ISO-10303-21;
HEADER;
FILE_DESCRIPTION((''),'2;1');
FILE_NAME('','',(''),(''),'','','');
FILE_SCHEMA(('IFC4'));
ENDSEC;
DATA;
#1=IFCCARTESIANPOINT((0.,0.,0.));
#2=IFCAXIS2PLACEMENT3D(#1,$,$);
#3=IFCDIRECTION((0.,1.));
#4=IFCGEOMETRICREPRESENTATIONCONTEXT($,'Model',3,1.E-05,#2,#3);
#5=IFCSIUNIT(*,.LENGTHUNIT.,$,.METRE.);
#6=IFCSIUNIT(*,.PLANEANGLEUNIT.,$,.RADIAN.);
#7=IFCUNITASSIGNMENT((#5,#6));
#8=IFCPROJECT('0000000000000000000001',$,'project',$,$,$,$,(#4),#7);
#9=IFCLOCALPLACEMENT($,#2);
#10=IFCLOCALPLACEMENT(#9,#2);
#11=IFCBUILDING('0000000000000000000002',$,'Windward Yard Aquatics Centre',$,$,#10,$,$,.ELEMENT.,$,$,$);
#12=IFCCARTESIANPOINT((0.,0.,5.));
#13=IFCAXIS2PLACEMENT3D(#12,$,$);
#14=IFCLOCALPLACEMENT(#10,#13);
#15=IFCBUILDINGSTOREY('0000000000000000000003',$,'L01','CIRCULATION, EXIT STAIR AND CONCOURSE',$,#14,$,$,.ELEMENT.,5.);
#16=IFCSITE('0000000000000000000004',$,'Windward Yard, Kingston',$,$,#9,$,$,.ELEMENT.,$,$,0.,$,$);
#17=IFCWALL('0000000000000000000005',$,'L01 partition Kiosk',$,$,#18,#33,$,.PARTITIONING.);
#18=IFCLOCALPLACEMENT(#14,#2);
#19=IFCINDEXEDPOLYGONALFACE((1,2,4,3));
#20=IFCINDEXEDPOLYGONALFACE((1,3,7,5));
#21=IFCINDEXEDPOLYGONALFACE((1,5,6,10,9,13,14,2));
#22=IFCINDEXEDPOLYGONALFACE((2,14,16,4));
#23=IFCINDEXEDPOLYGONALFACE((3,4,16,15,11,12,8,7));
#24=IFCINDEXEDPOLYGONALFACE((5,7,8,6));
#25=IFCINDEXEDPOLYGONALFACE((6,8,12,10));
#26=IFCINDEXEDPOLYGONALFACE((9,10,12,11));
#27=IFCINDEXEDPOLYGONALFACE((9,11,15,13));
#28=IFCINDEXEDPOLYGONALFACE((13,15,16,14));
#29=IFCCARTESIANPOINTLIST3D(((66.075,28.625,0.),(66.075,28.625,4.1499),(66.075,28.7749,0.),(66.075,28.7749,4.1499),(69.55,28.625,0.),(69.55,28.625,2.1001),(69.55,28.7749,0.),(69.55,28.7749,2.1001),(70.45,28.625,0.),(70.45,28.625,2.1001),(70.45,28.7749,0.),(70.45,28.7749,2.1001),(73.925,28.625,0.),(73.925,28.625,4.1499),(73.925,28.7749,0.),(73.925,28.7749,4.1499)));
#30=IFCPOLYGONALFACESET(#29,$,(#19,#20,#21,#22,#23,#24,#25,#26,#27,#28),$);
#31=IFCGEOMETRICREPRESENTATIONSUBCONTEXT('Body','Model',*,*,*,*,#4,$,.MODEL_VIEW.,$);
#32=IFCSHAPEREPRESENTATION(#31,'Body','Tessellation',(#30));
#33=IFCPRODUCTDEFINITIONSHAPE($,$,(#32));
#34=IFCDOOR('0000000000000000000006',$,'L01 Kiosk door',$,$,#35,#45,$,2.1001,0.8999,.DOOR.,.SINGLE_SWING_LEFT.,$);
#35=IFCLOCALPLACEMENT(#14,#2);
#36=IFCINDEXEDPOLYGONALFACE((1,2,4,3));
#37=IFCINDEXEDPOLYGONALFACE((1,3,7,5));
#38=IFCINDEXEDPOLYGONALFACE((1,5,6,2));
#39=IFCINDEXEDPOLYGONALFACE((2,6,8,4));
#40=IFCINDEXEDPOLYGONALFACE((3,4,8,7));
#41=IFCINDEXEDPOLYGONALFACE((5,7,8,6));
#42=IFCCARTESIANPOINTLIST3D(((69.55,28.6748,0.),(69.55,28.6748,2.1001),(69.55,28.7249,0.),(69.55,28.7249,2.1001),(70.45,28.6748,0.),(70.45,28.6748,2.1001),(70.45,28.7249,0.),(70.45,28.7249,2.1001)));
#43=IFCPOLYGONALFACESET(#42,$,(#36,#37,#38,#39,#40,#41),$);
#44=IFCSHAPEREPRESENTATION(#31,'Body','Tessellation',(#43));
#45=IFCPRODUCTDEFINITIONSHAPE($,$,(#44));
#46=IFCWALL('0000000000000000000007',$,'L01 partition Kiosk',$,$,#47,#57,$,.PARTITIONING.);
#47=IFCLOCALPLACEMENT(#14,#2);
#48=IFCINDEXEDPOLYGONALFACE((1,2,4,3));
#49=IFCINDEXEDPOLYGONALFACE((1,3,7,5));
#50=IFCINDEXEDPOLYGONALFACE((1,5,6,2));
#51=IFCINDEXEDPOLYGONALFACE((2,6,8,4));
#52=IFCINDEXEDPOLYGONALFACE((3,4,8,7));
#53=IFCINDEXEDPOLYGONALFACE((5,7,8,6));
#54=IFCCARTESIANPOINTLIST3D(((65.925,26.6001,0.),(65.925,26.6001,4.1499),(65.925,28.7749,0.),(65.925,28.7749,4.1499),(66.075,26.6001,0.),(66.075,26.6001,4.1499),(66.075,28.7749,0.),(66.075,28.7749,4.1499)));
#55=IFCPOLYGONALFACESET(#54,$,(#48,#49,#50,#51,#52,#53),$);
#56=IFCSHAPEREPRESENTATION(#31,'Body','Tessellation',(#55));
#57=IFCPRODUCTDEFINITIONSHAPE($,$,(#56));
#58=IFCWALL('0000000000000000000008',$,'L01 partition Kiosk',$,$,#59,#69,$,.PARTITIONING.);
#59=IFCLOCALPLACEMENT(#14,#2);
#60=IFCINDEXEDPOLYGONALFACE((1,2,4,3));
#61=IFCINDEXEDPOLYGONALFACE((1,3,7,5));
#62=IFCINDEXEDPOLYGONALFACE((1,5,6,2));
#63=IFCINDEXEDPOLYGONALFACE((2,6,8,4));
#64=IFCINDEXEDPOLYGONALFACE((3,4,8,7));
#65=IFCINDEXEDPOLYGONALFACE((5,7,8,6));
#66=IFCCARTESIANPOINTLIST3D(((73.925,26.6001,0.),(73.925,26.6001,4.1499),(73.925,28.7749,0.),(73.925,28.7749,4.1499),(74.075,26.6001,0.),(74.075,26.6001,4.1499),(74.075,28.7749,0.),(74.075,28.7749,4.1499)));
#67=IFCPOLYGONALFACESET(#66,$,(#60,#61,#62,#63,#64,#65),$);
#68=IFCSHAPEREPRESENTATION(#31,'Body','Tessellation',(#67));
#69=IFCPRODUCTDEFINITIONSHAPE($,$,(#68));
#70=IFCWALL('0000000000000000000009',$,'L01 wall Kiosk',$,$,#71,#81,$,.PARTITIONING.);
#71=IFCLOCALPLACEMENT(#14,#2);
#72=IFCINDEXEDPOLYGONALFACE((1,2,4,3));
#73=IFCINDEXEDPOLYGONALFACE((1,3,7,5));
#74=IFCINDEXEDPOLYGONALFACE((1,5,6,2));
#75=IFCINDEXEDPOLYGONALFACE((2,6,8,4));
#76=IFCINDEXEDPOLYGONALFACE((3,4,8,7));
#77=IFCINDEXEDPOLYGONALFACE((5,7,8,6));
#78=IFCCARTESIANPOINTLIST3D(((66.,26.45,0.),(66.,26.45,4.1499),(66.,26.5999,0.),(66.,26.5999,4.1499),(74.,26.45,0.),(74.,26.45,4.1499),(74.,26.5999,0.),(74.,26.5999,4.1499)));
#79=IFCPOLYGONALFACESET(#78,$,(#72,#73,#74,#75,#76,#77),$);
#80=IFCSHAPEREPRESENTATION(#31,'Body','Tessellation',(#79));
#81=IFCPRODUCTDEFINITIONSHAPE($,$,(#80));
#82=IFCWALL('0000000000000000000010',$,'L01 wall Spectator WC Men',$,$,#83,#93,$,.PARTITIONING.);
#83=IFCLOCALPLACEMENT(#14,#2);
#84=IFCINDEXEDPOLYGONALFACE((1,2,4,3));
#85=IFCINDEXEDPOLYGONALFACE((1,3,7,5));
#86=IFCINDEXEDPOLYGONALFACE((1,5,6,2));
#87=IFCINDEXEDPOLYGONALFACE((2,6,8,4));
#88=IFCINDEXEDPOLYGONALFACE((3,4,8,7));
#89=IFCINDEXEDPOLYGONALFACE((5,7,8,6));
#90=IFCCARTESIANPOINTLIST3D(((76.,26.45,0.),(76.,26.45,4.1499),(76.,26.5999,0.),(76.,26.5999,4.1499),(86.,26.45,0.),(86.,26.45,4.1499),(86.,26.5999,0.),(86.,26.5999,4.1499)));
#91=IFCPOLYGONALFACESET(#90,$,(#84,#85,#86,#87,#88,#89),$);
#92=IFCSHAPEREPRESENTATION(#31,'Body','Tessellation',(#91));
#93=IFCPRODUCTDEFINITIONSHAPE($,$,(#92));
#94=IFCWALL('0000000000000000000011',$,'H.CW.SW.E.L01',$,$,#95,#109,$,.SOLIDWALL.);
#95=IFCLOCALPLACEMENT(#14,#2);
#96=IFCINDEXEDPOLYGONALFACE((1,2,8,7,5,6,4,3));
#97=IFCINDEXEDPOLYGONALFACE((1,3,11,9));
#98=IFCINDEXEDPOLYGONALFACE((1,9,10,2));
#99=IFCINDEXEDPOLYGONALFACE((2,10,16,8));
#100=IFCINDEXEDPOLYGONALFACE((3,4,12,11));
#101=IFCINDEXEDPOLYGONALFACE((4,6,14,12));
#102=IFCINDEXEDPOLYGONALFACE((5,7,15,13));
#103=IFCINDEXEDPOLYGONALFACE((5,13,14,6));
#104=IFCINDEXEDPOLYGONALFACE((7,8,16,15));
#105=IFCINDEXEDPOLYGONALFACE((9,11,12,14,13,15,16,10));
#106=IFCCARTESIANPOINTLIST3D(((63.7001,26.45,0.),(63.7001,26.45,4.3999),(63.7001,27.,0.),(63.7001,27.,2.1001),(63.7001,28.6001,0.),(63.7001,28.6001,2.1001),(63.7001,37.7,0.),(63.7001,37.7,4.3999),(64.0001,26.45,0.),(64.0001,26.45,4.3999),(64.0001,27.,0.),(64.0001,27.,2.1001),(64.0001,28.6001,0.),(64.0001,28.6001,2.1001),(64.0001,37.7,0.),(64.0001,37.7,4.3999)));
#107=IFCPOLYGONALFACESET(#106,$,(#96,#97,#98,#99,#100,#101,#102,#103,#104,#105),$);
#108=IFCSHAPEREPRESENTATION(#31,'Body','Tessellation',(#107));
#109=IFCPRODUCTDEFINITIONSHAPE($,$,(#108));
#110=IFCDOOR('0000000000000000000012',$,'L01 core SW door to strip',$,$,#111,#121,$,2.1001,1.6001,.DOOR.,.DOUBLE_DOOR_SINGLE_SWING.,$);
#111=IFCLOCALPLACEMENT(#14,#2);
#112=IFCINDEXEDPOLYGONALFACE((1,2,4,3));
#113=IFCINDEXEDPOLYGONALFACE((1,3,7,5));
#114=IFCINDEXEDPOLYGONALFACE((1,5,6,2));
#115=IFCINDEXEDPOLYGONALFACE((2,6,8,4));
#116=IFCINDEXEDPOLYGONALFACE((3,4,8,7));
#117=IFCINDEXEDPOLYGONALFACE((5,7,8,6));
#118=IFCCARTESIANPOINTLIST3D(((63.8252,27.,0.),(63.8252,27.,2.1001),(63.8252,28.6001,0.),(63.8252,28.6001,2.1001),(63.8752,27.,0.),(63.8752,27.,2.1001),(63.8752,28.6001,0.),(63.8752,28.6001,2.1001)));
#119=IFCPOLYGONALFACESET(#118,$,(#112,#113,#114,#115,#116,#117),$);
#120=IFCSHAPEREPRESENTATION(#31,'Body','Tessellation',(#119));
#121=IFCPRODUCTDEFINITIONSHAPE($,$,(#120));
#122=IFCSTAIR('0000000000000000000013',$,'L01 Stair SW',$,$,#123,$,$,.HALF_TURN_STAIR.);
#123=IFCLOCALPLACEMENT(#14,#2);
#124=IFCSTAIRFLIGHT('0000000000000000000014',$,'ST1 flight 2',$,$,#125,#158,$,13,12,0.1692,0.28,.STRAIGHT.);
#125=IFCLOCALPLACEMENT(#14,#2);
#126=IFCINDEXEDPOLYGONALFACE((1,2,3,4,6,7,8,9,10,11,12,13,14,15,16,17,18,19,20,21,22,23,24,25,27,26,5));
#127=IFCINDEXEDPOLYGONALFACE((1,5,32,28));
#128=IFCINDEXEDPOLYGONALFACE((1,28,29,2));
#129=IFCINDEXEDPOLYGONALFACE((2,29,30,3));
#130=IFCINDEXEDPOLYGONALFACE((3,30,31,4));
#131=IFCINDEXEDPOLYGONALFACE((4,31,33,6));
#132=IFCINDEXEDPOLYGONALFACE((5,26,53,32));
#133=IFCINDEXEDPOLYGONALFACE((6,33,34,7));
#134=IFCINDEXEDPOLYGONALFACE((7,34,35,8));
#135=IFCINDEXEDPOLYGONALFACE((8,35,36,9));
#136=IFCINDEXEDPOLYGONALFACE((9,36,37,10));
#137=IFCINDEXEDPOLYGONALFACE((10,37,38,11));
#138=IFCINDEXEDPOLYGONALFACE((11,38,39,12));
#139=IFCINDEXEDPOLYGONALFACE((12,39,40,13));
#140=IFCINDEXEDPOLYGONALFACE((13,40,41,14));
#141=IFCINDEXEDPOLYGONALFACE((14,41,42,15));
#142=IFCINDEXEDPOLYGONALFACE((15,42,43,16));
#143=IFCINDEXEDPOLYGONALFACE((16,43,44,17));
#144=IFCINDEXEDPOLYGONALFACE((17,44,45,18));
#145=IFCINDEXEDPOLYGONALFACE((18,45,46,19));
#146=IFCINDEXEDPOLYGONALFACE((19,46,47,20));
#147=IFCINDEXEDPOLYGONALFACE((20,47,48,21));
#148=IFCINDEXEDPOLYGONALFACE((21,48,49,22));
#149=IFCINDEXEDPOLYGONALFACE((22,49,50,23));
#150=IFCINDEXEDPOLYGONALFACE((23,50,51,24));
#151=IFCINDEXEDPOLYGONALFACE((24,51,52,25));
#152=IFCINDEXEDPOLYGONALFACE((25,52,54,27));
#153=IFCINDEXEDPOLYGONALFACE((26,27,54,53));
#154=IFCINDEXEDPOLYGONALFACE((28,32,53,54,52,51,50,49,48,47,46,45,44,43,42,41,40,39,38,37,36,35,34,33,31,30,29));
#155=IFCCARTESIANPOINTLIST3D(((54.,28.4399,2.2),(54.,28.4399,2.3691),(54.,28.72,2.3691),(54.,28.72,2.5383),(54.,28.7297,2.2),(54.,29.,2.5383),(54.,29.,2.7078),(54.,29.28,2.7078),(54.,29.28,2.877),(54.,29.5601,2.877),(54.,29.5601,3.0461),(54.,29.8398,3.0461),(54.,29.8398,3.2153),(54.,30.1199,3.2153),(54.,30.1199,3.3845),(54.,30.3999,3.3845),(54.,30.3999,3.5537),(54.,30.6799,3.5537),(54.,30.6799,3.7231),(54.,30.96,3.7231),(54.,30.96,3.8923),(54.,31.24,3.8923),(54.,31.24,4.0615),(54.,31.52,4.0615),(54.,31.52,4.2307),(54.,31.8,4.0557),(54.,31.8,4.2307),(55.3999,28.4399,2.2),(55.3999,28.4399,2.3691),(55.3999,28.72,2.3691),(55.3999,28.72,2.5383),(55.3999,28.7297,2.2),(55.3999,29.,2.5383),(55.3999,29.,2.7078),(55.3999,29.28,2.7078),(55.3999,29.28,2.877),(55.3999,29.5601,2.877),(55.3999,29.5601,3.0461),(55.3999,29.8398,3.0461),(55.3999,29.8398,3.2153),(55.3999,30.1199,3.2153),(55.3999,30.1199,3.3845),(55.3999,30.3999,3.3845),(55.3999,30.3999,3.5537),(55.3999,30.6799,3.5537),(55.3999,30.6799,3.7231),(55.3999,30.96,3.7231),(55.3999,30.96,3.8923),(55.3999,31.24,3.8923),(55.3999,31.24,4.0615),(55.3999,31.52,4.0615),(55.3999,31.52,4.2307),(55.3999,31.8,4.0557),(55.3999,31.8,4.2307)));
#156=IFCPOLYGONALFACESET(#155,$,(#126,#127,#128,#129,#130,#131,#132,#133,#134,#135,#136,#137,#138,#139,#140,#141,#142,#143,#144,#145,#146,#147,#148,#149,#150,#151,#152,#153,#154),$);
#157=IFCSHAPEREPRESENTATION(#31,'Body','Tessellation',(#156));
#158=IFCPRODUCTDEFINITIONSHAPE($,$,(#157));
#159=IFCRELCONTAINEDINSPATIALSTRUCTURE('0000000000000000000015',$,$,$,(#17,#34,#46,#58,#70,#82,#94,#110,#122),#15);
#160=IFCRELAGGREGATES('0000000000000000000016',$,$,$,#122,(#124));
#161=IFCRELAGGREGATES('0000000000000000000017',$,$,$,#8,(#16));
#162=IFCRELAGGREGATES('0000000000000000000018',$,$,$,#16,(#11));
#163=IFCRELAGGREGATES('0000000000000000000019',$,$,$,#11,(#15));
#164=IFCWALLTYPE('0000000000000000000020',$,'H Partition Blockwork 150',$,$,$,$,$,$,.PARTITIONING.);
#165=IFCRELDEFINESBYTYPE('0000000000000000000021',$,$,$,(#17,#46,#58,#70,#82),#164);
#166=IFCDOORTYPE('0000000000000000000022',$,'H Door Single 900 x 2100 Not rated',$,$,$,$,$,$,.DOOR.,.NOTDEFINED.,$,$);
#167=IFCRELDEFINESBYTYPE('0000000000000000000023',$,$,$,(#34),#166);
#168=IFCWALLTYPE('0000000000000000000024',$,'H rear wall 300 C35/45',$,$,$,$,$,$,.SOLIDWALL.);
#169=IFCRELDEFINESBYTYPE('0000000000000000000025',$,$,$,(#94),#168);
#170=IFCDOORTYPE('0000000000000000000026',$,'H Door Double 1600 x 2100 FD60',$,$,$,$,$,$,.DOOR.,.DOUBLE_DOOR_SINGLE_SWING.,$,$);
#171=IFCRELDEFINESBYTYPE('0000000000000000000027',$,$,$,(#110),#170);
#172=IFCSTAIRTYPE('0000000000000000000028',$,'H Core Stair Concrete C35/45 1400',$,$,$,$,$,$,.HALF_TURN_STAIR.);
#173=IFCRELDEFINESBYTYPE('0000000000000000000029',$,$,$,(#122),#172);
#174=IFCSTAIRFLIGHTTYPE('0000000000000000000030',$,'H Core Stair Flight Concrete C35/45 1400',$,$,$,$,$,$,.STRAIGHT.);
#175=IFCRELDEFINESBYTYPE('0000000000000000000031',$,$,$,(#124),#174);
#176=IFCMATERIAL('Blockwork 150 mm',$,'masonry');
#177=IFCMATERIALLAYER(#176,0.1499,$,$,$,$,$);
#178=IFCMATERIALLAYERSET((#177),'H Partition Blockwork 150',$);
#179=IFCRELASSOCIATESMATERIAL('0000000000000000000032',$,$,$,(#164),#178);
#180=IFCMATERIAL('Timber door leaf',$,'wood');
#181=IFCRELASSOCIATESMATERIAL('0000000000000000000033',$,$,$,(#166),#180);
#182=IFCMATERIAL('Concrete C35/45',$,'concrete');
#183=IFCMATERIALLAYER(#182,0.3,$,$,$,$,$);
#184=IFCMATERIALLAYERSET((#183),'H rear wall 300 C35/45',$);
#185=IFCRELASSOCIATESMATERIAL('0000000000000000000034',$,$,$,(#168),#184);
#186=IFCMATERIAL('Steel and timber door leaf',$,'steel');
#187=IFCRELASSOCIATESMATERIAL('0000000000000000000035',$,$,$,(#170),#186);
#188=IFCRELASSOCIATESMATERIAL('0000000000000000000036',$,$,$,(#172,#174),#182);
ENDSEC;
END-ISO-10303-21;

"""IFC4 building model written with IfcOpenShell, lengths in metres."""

from ifc_helpers import new_model, si_unit, direction, frame, frame_2d, origin, place, context, subcontext, project, spatial, polyline, rectangle, outline, extrude, material, layer, layer_set, type_object, element, fill, aggregate, save


model = new_model("IFC4")

# Units and contexts
model_context = context("Model", 3, precision=1e-05, world=origin(), true_north=direction((0.0, 1.0)))
body_context = subcontext(model_context, "Body", "Model", "MODEL_VIEW")
ifc_project = project(units=[si_unit("LENGTHUNIT", "METRE"), si_unit("PLANEANGLEUNIT", "RADIAN")], contexts=[model_context])

# Site, building, storey
site_placement = place(None, origin())
site = spatial("IfcSite", under=ifc_project, at=site_placement, Name="Windward Yard, Kingston", CompositionType="ELEMENT", RefElevation=0.0)
building_placement = place(site_placement, origin())
building = spatial("IfcBuilding", under=site, at=building_placement, Name="Windward Yard Aquatics Centre", CompositionType="ELEMENT")
storey_placement = place(building_placement, frame((0.0, 0.0, 5.0)))
storey = spatial("IfcBuildingStorey", under=building, at=storey_placement, Name="L01", Description="CIRCULATION, EXIT STAIR AND CONCOURSE", CompositionType="ELEMENT", Elevation=5.0)

# Shared definitions
ifc_material_1 = material(Name="Concrete C35/45", Category="concrete")

# Shared definitions
ifc_material_2 = material(Name="Blockwork 150 mm", Category="masonry")
ifc_layer_1 = layer(ifc_material_2, 0.1499)
ifc_layer_set_1 = layer_set([ifc_layer_1], Name="H Partition Blockwork 150")
wall_type_1 = type_object("IfcWallType", Name="H Partition Blockwork 150", PredefinedType="PARTITIONING", material=ifc_layer_set_1)

# Wall, opening, door
ifc_material_3 = material(Name="Steel and timber door leaf", Category="steel")
wall_1_placement = place(storey_placement, frame((66.075, 28.7, 0.0), z_axis=(0.0, 0.0, 1.0), x_axis=(1.0, 0.0, 0.0)))
wall_1 = element("IfcWall", 1, at=wall_1_placement, inside=storey, type_object=wall_type_1, Name="L01 partition Kiosk", PredefinedType="PARTITIONING", context=body_context, shape_type="SweptSolid", body=[
    extrude(rectangle(XDim=7.8501, YDim=0.1499, at=frame_2d((3.925, 0.0))), origin(), (0.0, 0.0, 1.0), 4.1499),
])
opening_1_placement = place(wall_1_placement, frame((3.4751, 0.0, 0.0)))
opening_1 = element("IfcOpeningElement", 2, at=opening_1_placement, cuts=wall_1, PredefinedType="OPENING", context=body_context, shape_type="SweptSolid", body=[
    extrude(rectangle(XDim=0.8999, YDim=2.1001, at=frame_2d((0.45, 1.05))), frame((0.0, 0.085, 0.0), z_axis=(0.0, -1.0, 0.0), x_axis=(1.0, 0.0, 0.0)), (0.0, 0.0, 1.0), 0.1699),
])
ifc_material_4 = material(Name="Timber door leaf", Category="wood")
door_type_1 = type_object("IfcDoorType", Name="H Door Single 900 x 2100 Not rated", OperationType="NOTDEFINED", PredefinedType="DOOR", material=ifc_material_4)
door_1_placement = place(opening_1_placement, origin())
door_1 = element("IfcDoor", 3, at=door_1_placement, inside=storey, type_object=door_type_1, Name="L01 Kiosk door", OperationType="SINGLE_SWING_LEFT", OverallHeight=2.1001, OverallWidth=0.8999, PredefinedType="DOOR", context=body_context, shape_type="SweptSolid", body=[
    extrude(rectangle(XDim=0.8999, YDim=2.1001, at=frame_2d((0.45, 1.05))), frame((0.0, 0.0249, 0.0), z_axis=(0.0, -1.0, 0.0), x_axis=(1.0, 0.0, 0.0)), (0.0, 0.0, 1.0), 0.05),
])
fill(opening_1, door_1)

# Walls
for number, where, z_axis, x_axis, name in (
    (4, (66.0, 26.6001, 0.0), (0.0, 0.0, 1.0), (0.0, 1.0, 0.0), "L01 partition Kiosk"),
    (5, (74.0, 26.6001, 0.0), (0.0, 0.0, 1.0), (0.0, 1.0, 0.0), "L01 partition Kiosk"),
):
    element("IfcWall", number, at=place(storey_placement, frame(where, z_axis=z_axis, x_axis=x_axis)), inside=storey, type_object=wall_type_1, Name=name, PredefinedType="PARTITIONING", context=body_context, shape_type="SweptSolid", body=[
        extrude(rectangle(XDim=2.1748, YDim=0.1499, at=frame_2d((1.0874, 0.0))), origin(), (0.0, 0.0, 1.0), 4.1499),
    ])
wall_2_placement = place(storey_placement, frame((66.0, 26.5249, 0.0), z_axis=(0.0, 0.0, 1.0), x_axis=(1.0, 0.0, 0.0)))
element("IfcWall", 6, at=wall_2_placement, inside=storey, type_object=wall_type_1, Name="L01 wall Kiosk", PredefinedType="PARTITIONING", context=body_context, shape_type="SweptSolid", body=[
    extrude(rectangle(XDim=8.0, YDim=0.1499, at=frame_2d((4.0, 0.0))), origin(), (0.0, 0.0, 1.0), 4.1499),
])
wall_3_placement = place(storey_placement, frame((76.0, 26.5249, 0.0), z_axis=(0.0, 0.0, 1.0), x_axis=(1.0, 0.0, 0.0)))
element("IfcWall", 7, at=wall_3_placement, inside=storey, type_object=wall_type_1, Name="L01 wall Spectator WC Men", PredefinedType="PARTITIONING", context=body_context, shape_type="SweptSolid", body=[
    extrude(rectangle(XDim=10.0, YDim=0.1499, at=frame_2d((5.0, 0.0))), origin(), (0.0, 0.0, 1.0), 4.1499),
])

# Wall, opening, door
ifc_layer_2 = layer(ifc_material_1, 0.3)
ifc_layer_set_2 = layer_set([ifc_layer_2], Name="H rear wall 300 C35/45")
wall_type_2 = type_object("IfcWallType", Name="H rear wall 300 C35/45", PredefinedType="SOLIDWALL", material=ifc_layer_set_2)
wall_4_placement = place(storey_placement, frame((63.8501, 26.45, 0.0), z_axis=(0.0, 0.0, 1.0), x_axis=(0.0, 1.0, 0.0)))
wall_4 = element("IfcWall", 8, at=wall_4_placement, inside=storey, type_object=wall_type_2, Name="H.CW.SW.E.L01", PredefinedType="SOLIDWALL", context=body_context, shape_type="SweptSolid", body=[
    extrude(rectangle(XDim=11.25, YDim=0.3, at=frame_2d((5.625, 0.0))), origin(), (0.0, 0.0, 1.0), 4.3999),
])
opening_2_placement = place(wall_4_placement, frame((0.55, 0.0, 0.0)))
opening_2 = element("IfcOpeningElement", 9, at=opening_2_placement, cuts=wall_4, PredefinedType="OPENING", context=body_context, shape_type="SweptSolid", body=[
    extrude(rectangle(XDim=1.6001, YDim=2.1001, at=frame_2d((0.8, 1.05))), frame((0.0, 0.1602, 0.0), z_axis=(0.0, -1.0, 0.0), x_axis=(1.0, 0.0, 0.0)), (0.0, 0.0, 1.0), 0.3201),
])
door_type_2 = type_object("IfcDoorType", Name="H Door Double 1600 x 2100 FD60", OperationType="DOUBLE_DOOR_SINGLE_SWING", PredefinedType="DOOR", material=ifc_material_3)
door_2_placement = place(opening_2_placement, origin())
door_2 = element("IfcDoor", 10, at=door_2_placement, inside=storey, type_object=door_type_2, Name="L01 core SW door to strip", OperationType="DOUBLE_DOOR_SINGLE_SWING", OverallHeight=2.1001, OverallWidth=1.6001, PredefinedType="DOOR", context=body_context, shape_type="SweptSolid", body=[
    extrude(rectangle(XDim=1.6001, YDim=2.1001, at=frame_2d((0.8, 1.05))), frame((0.0, 0.0249, 0.0), z_axis=(0.0, -1.0, 0.0), x_axis=(1.0, 0.0, 0.0)), (0.0, 0.0, 1.0), 0.05),
])
fill(opening_2, door_2)

# Stair, stair flight
stair_type = type_object("IfcStairType", Name="H Core Stair Concrete C35/45 1400", PredefinedType="HALF_TURN_STAIR", material=ifc_material_1)
stair_placement = place(storey_placement, origin())
stair = element("IfcStair", 11, at=stair_placement, inside=storey, type_object=stair_type, Name="L01 Stair SW", PredefinedType="HALF_TURN_STAIR")
stair_flight_type = type_object("IfcStairFlightType", Name="H Core Stair Flight Concrete C35/45 1400", PredefinedType="STRAIGHT", material=ifc_material_1)
stair_flight_placement = place(storey_placement, frame((54.7, 28.4399, 2.2), z_axis=(0.0, 0.0, 1.0), x_axis=(0.0, 1.0, 0.0)))
stair_flight = element("IfcStairFlight", 12, at=stair_flight_placement, type_object=stair_flight_type, Name="ST1 flight 2", NumberOfRisers=13, NumberOfTreads=12, PredefinedType="STRAIGHT", RiserHeight=0.1692, TreadLength=0.28, context=body_context, shape_type="SweptSolid", body=[
    extrude(outline(polyline([(0.0, 0.0), (0.0, 0.1692), (0.28, 0.1692), (0.28, 0.3384), (0.5601, 0.3384), (0.5601, 0.5078), (0.8401, 0.5078), (0.8401, 0.677), (1.1201, 0.677), (1.1201, 0.8462), (1.3999, 0.8462), (1.3999, 1.0154), (1.6799, 1.0154), (1.6799, 1.1846), (1.96, 1.1846), (1.96, 1.3538), (2.24, 1.3538), (2.24, 1.5232), (2.52, 1.5232), (2.52, 1.6924), (2.8, 1.6924), (2.8, 1.8616), (3.0801, 1.8616), (3.0801, 2.0308), (3.3601, 2.0308), (3.3601, 2.2), (3.3601, 1.8557), (0.2898, 0.0), (0.0, 0.0)])), frame((0.0, 0.7, 0.0), z_axis=(0.0, -1.0, 0.0), x_axis=(1.0, 0.0, 0.0)), (0.0, 0.0, 1.0), 1.3999),
])
aggregate(stair, [stair_flight])

save(model, "model.ifc")
